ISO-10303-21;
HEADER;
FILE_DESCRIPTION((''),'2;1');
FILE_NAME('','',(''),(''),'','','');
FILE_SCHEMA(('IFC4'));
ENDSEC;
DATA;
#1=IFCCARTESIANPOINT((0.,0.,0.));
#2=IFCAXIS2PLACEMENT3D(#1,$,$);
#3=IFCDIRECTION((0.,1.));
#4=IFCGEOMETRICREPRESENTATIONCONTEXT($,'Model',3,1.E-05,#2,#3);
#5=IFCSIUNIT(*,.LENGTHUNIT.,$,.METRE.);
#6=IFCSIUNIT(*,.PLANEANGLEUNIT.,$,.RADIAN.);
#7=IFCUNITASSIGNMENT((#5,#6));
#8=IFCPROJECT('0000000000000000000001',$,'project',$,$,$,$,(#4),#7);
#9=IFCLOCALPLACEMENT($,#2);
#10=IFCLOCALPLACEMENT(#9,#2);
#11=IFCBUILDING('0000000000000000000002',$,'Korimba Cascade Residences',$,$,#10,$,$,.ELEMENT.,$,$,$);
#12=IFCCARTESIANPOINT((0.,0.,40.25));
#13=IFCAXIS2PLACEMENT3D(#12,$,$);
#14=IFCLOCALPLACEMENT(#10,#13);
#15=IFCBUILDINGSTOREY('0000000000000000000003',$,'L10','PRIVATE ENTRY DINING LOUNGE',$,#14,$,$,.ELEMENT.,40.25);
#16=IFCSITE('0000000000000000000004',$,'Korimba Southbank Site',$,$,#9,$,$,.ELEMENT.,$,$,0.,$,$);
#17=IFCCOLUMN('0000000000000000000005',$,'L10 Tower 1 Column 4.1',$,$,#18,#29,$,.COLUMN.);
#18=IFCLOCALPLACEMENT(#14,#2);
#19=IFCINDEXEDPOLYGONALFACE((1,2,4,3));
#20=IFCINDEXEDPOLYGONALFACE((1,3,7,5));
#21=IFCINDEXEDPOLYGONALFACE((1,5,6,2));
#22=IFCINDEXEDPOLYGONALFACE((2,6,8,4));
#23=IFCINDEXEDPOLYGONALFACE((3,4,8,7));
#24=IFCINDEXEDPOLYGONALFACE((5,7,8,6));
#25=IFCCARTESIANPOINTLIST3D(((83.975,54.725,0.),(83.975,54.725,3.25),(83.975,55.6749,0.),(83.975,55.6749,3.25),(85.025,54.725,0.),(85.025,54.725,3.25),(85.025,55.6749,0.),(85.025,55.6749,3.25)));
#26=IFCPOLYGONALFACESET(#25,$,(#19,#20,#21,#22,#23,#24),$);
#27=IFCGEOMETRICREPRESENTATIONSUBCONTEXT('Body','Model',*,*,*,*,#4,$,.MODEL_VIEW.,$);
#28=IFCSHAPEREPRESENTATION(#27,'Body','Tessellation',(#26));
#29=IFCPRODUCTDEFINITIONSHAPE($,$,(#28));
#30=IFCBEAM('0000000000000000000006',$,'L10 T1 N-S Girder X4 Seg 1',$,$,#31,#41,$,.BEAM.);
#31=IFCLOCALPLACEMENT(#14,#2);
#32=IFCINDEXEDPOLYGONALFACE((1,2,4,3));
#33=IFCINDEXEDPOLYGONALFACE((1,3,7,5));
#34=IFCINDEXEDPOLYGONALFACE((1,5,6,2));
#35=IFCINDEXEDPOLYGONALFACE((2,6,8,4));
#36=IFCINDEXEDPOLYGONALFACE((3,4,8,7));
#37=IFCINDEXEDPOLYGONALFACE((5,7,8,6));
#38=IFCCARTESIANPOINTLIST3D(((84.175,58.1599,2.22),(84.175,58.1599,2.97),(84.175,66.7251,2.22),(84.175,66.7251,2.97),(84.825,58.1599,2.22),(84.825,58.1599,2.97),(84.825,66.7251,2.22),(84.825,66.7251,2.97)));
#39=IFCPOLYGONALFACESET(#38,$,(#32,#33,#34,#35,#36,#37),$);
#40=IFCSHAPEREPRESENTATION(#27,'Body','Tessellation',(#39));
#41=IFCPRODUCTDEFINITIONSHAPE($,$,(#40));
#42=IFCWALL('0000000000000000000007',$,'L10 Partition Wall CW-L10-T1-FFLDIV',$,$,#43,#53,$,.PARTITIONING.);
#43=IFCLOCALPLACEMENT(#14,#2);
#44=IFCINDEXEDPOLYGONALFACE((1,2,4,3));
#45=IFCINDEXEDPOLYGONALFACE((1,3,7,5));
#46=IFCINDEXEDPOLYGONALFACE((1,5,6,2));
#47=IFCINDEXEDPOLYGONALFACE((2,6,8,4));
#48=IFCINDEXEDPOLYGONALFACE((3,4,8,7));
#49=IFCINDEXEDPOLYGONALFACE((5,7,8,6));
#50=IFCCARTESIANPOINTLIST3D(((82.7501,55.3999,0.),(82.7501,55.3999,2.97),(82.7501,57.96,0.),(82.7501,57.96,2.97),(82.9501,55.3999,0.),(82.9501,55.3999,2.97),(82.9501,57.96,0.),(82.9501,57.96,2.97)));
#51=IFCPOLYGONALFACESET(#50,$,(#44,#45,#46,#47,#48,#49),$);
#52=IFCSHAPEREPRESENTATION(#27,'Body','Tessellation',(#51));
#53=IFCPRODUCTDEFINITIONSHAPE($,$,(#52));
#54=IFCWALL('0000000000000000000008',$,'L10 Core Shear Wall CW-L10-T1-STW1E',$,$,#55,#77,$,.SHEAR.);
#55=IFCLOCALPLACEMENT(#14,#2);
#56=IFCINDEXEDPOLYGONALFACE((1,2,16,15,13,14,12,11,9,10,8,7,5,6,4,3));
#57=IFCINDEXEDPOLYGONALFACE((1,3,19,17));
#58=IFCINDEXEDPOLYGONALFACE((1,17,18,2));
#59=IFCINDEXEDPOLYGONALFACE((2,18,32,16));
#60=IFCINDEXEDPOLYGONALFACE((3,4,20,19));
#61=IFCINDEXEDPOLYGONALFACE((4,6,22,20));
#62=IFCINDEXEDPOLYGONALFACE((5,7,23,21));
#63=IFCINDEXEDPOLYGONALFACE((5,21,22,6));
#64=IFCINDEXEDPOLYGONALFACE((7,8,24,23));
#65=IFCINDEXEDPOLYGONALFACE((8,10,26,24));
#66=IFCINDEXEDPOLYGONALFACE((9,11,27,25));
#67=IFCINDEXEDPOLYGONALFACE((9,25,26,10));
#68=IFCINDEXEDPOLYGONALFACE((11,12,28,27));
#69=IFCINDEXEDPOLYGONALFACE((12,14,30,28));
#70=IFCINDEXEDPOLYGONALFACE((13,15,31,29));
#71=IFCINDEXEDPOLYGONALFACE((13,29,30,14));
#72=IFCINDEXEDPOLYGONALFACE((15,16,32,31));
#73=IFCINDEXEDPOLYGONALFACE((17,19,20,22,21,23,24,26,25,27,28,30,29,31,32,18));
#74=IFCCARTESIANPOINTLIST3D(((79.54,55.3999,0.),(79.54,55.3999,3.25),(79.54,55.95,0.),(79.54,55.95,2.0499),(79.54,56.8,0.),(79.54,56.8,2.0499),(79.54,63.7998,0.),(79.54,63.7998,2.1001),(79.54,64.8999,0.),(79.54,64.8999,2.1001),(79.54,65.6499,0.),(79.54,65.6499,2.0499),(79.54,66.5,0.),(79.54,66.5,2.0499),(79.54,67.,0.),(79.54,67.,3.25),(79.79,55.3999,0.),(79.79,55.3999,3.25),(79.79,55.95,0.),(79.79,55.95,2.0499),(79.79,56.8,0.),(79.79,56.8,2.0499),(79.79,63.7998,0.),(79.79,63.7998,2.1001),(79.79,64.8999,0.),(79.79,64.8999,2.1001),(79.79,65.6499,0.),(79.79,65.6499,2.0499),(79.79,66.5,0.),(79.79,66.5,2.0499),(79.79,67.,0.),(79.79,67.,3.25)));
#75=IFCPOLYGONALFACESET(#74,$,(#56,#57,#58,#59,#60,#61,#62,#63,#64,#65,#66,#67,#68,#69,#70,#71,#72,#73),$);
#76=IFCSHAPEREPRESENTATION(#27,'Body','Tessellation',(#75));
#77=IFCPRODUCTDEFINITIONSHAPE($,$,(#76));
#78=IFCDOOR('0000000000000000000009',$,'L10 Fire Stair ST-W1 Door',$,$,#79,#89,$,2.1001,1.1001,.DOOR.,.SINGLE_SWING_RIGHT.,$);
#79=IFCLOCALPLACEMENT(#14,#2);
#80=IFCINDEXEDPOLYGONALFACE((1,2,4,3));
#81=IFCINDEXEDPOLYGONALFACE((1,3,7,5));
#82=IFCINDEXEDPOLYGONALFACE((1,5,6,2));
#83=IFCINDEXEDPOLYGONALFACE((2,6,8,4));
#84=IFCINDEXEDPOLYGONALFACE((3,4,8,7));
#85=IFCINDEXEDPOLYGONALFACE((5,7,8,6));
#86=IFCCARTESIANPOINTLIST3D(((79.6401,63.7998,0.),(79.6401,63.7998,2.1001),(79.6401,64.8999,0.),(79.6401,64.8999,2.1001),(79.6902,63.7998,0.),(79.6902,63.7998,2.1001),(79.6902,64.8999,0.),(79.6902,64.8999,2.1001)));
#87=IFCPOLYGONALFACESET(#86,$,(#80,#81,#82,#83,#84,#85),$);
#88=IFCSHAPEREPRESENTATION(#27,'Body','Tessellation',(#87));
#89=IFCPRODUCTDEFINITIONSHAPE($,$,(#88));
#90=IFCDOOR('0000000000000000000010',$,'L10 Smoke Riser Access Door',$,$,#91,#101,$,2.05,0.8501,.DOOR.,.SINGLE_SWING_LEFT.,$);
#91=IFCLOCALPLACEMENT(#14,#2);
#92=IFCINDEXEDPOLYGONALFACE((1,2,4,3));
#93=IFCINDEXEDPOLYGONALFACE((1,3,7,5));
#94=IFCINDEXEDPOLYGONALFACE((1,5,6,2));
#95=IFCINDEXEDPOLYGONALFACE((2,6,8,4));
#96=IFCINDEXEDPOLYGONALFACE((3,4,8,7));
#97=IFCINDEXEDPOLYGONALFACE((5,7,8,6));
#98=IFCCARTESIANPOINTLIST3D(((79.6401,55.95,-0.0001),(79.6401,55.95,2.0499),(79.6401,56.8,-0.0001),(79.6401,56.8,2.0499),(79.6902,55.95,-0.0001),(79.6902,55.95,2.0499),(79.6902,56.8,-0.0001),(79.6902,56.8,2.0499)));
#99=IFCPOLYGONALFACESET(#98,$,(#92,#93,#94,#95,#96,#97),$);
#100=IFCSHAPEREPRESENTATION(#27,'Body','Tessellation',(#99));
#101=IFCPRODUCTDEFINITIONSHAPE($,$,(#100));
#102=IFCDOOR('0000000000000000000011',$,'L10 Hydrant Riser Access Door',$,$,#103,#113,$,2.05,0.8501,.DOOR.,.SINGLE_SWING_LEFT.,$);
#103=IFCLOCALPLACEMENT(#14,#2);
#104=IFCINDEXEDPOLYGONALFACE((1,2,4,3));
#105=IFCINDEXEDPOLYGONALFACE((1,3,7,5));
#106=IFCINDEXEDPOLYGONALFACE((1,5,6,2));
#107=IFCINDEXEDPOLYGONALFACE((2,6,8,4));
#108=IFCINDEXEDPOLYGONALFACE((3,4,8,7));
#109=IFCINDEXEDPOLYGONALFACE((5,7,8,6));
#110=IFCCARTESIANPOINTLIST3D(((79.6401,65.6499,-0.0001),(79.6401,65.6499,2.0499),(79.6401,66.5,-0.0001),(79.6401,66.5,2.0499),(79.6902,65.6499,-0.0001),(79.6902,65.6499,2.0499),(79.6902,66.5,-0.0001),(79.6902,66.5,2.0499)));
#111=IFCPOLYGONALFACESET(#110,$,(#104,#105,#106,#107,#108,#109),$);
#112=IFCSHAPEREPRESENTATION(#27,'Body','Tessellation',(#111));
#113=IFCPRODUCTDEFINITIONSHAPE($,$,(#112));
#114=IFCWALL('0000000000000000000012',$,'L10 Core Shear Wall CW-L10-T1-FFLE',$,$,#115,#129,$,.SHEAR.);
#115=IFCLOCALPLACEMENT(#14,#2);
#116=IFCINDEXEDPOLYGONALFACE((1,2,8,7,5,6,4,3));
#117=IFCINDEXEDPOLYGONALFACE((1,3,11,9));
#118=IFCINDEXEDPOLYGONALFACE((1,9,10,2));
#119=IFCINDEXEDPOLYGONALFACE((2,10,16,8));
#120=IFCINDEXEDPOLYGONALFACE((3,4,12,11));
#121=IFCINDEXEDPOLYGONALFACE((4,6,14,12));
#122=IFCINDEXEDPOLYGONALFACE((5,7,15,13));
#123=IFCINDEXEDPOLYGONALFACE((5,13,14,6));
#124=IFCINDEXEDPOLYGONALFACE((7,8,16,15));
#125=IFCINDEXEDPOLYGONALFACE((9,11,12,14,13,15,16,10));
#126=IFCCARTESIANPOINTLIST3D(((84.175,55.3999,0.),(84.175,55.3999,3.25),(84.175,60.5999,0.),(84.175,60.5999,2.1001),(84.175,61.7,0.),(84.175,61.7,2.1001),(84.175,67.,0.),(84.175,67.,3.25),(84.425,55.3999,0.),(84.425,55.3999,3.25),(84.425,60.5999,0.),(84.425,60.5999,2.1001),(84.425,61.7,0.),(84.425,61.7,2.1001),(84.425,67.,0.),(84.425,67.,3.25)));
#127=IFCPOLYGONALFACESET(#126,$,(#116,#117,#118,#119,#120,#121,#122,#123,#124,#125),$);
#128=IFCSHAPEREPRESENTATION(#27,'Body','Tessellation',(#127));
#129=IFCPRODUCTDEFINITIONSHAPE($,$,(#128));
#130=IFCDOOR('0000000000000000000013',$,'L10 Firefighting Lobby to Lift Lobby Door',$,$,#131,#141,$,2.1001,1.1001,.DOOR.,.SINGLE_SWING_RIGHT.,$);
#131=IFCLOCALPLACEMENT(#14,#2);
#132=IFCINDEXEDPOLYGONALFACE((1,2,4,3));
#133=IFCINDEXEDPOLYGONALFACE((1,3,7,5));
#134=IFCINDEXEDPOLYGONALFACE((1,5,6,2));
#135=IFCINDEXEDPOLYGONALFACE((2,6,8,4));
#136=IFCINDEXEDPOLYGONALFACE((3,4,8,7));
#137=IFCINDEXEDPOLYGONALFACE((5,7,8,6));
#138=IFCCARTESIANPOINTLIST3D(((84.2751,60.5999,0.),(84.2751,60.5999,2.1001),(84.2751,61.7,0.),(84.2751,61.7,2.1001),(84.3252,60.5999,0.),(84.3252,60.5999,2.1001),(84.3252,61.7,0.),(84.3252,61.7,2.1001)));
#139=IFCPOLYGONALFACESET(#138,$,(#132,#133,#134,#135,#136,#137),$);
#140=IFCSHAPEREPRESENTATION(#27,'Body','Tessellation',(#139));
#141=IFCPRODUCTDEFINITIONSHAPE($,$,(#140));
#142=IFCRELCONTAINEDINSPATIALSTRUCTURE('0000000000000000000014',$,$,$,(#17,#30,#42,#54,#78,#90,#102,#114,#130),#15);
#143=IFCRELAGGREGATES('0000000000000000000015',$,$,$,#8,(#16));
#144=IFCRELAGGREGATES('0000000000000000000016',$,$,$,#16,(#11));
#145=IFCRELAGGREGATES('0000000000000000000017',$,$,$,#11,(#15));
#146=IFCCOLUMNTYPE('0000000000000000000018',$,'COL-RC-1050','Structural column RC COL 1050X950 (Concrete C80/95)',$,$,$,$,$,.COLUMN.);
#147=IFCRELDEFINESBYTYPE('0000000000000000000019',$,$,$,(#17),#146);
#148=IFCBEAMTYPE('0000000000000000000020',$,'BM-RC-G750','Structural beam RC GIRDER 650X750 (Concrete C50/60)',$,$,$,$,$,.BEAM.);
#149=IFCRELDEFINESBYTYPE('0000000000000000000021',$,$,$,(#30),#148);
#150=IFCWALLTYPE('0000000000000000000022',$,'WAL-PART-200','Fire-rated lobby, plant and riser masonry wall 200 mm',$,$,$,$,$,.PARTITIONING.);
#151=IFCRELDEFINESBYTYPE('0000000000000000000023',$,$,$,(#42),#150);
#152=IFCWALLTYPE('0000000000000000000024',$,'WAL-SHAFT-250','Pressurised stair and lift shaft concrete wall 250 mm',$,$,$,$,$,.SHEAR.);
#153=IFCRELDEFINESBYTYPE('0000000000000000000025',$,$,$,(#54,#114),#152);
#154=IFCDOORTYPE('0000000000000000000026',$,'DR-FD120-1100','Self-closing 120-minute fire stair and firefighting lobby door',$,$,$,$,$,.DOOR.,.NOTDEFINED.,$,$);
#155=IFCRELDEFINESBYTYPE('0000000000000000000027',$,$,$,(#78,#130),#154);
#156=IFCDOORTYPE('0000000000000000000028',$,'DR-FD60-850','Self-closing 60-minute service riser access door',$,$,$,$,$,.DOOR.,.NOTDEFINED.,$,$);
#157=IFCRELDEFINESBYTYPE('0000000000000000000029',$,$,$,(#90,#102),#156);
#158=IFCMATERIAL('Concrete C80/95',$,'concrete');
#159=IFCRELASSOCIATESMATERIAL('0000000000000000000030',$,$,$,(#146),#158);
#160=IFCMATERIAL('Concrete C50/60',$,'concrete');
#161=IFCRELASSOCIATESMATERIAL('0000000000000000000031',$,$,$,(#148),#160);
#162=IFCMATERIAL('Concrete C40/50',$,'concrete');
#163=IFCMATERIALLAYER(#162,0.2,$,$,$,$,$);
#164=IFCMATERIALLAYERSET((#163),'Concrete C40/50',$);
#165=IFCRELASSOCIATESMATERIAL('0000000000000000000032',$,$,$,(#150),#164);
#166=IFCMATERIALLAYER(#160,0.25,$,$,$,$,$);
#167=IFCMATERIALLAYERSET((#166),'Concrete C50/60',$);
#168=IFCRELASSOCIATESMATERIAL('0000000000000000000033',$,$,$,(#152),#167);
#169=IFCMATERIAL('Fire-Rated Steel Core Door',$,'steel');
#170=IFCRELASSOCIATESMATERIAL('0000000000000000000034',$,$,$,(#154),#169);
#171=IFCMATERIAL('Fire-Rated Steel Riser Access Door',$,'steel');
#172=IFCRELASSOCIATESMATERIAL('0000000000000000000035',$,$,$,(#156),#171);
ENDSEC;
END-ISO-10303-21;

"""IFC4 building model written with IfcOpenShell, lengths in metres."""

from ifc_helpers import new_model, si_unit, direction, frame, frame_2d, origin, origin_2d, place, context, subcontext, project, spatial, rectangle, extrude, material, layer, layer_set, material_profile, profile_set, type_object, element, fill, save


model = new_model("IFC4")

# Units and contexts
model_context = context("Model", 3, precision=1e-05, world=origin(), true_north=direction((0.0, 1.0)))
body_context = subcontext(model_context, "Body", "Model", "MODEL_VIEW")
ifc_project = project(units=[si_unit("LENGTHUNIT", "METRE"), si_unit("PLANEANGLEUNIT", "RADIAN")], contexts=[model_context])

# Site, building, storey
site_placement = place(None, origin())
site = spatial("IfcSite", under=ifc_project, at=site_placement, Name="Korimba Southbank Site", CompositionType="ELEMENT", RefElevation=0.0)
building_placement = place(site_placement, origin())
building = spatial("IfcBuilding", under=site, at=building_placement, Name="Korimba Cascade Residences", CompositionType="ELEMENT")
storey_placement = place(building_placement, frame((0.0, 0.0, 40.25)))
storey = spatial("IfcBuildingStorey", under=building, at=storey_placement, Name="L10", Description="PRIVATE ENTRY DINING LOUNGE", CompositionType="ELEMENT", Elevation=40.25)

# Column
ifc_material_1 = material(Name="Concrete C80/95", Category="concrete")
ifc_material_profile_1 = material_profile(ifc_material_1, rectangle(XDim=1.05, YDim=0.95, at=origin_2d()), Name="Concrete C80/95")
ifc_profile_set_1 = profile_set([ifc_material_profile_1], Name="Concrete C80/95")
column_type = type_object("IfcColumnType", Name="COL-RC-1050", Description="Structural column RC COL 1050X950 (Concrete C80/95)", PredefinedType="COLUMN", material=ifc_profile_set_1)
column_placement = place(storey_placement, frame((84.5, 55.2, 0.0), z_axis=(0.0, 0.0, 1.0), x_axis=(1.0, 0.0, 0.0)))
element("IfcColumn", 1, at=column_placement, inside=storey, type_object=column_type, Name="L10 Tower 1 Column 4.1", PredefinedType="COLUMN", context=body_context, shape_type="SweptSolid", body=[
    extrude(rectangle(XDim=1.05, YDim=0.95, at=origin_2d()), origin(), (0.0, 0.0, 1.0), 3.25),
])

# Beam
ifc_material_2 = material(Name="Concrete C50/60", Category="concrete")
ifc_material_profile_2 = material_profile(ifc_material_2, rectangle(XDim=0.6499, YDim=0.75, at=origin_2d()), Name="Concrete C50/60")
ifc_profile_set_2 = profile_set([ifc_material_profile_2], Name="Concrete C50/60")
beam_type = type_object("IfcBeamType", Name="BM-RC-G750", Description="Structural beam RC GIRDER 650X750 (Concrete C50/60)", PredefinedType="BEAM", material=ifc_profile_set_2)
beam_placement = place(storey_placement, frame((84.5, 58.1599, 2.595), z_axis=(0.0, 1.0, 0.0), x_axis=(-1.0, 0.0, 0.0)))
element("IfcBeam", 2, at=beam_placement, inside=storey, type_object=beam_type, Name="L10 T1 N-S Girder X4 Seg 1", PredefinedType="BEAM", context=body_context, shape_type="SweptSolid", body=[
    extrude(rectangle(XDim=0.6499, YDim=0.75, at=origin_2d()), origin(), (0.0, 0.0, 1.0), 8.5652),
])

# Wall
ifc_material_3 = material(Name="Concrete C40/50", Category="concrete")
ifc_layer_1 = layer(ifc_material_3, 0.2)
ifc_layer_set_1 = layer_set([ifc_layer_1], Name="Concrete C40/50")
wall_type_1 = type_object("IfcWallType", Name="WAL-PART-200", Description="Fire-rated lobby, plant and riser masonry wall 200 mm", PredefinedType="PARTITIONING", material=ifc_layer_set_1)
wall_1_placement = place(storey_placement, frame((82.8501, 55.3999, 0.0), z_axis=(0.0, 0.0, 1.0), x_axis=(0.0, 1.0, 0.0)))
element("IfcWall", 3, at=wall_1_placement, inside=storey, type_object=wall_type_1, Name="L10 Partition Wall CW-L10-T1-FFLDIV", PredefinedType="PARTITIONING", context=body_context, shape_type="SweptSolid", body=[
    extrude(rectangle(XDim=2.5601, YDim=0.2, at=frame_2d((1.28, 0.0))), origin(), (0.0, 0.0, 1.0), 2.97),
])

# Wall, openings, doors
ifc_layer_2 = layer(ifc_material_2, 0.25)
ifc_layer_set_2 = layer_set([ifc_layer_2], Name="Concrete C50/60")
wall_type_2 = type_object("IfcWallType", Name="WAL-SHAFT-250", Description="Pressurised stair and lift shaft concrete wall 250 mm", PredefinedType="SHEAR", material=ifc_layer_set_2)
wall_2_placement = place(storey_placement, frame((79.665, 55.3999, 0.0), z_axis=(0.0, 0.0, 1.0), x_axis=(0.0, 1.0, 0.0)))
wall_2 = element("IfcWall", 4, at=wall_2_placement, inside=storey, type_object=wall_type_2, Name="L10 Core Shear Wall CW-L10-T1-STW1E", PredefinedType="SHEAR", context=body_context, shape_type="SweptSolid", body=[
    extrude(rectangle(XDim=11.6001, YDim=0.25, at=frame_2d((5.8, 0.0))), origin(), (0.0, 0.0, 1.0), 3.25),
])
opening_1_placement = place(wall_2_placement, frame((0.55, 0.0, 0.0)))
opening_1 = element("IfcOpeningElement", 5, at=opening_1_placement, cuts=wall_2, PredefinedType="OPENING", context=body_context, shape_type="SweptSolid", body=[
    extrude(rectangle(XDim=0.8501, YDim=2.05, at=frame_2d((0.425, 1.0249))), frame((0.0, 0.135, 0.0), z_axis=(0.0, -1.0, 0.0), x_axis=(1.0, 0.0, 0.0)), (0.0, 0.0, 1.0), 0.27),
])
opening_2_placement = place(wall_2_placement, frame((8.3999, 0.0, 0.0)))
opening_2 = element("IfcOpeningElement", 6, at=opening_2_placement, cuts=wall_2, PredefinedType="OPENING", context=body_context, shape_type="SweptSolid", body=[
    extrude(rectangle(XDim=1.1001, YDim=2.1001, at=frame_2d((0.55, 1.05))), frame((0.0, 0.135, 0.0), z_axis=(0.0, -1.0, 0.0), x_axis=(1.0, 0.0, 0.0)), (0.0, 0.0, 1.0), 0.27),
])
opening_3_placement = place(wall_2_placement, frame((10.25, 0.0, 0.0)))
opening_3 = element("IfcOpeningElement", 7, at=opening_3_placement, cuts=wall_2, PredefinedType="OPENING", context=body_context, shape_type="SweptSolid", body=[
    extrude(rectangle(XDim=0.8501, YDim=2.05, at=frame_2d((0.425, 1.0249))), frame((0.0, 0.135, 0.0), z_axis=(0.0, -1.0, 0.0), x_axis=(1.0, 0.0, 0.0)), (0.0, 0.0, 1.0), 0.27),
])
ifc_material_4 = material(Name="Fire-Rated Steel Core Door", Category="steel")
door_type_1 = type_object("IfcDoorType", Name="DR-FD120-1100", Description="Self-closing 120-minute fire stair and firefighting lobby door", OperationType="NOTDEFINED", PredefinedType="DOOR", material=ifc_material_4)
door_1_placement = place(opening_2_placement, origin())
door_1 = element("IfcDoor", 8, at=door_1_placement, inside=storey, type_object=door_type_1, Name="L10 Fire Stair ST-W1 Door", OperationType="SINGLE_SWING_RIGHT", OverallHeight=2.1001, OverallWidth=1.1001, PredefinedType="DOOR", context=body_context, shape_type="SweptSolid", body=[
    extrude(rectangle(XDim=1.1001, YDim=2.1001, at=frame_2d((0.55, 1.05))), frame((0.0, 0.0249, 0.0), z_axis=(0.0, -1.0, 0.0), x_axis=(1.0, 0.0, 0.0)), (0.0, 0.0, 1.0), 0.05),
])
fill(opening_2, door_1)
ifc_material_5 = material(Name="Fire-Rated Steel Riser Access Door", Category="steel")
door_type_2 = type_object("IfcDoorType", Name="DR-FD60-850", Description="Self-closing 60-minute service riser access door", OperationType="NOTDEFINED", PredefinedType="DOOR", material=ifc_material_5)
door_2_placement = place(opening_1_placement, origin())
door_2 = element("IfcDoor", 9, at=door_2_placement, inside=storey, type_object=door_type_2, Name="L10 Smoke Riser Access Door", OperationType="SINGLE_SWING_LEFT", OverallHeight=2.05, OverallWidth=0.8501, PredefinedType="DOOR", context=body_context, shape_type="SweptSolid", body=[
    extrude(rectangle(XDim=0.8501, YDim=2.05, at=frame_2d((0.425, 1.0249))), frame((0.0, 0.0249, 0.0), z_axis=(0.0, -1.0, 0.0), x_axis=(1.0, 0.0, 0.0)), (0.0, 0.0, 1.0), 0.05),
])
fill(opening_1, door_2)
door_3_placement = place(opening_3_placement, origin())
door_3 = element("IfcDoor", 10, at=door_3_placement, inside=storey, type_object=door_type_2, Name="L10 Hydrant Riser Access Door", OperationType="SINGLE_SWING_LEFT", OverallHeight=2.05, OverallWidth=0.8501, PredefinedType="DOOR", context=body_context, shape_type="SweptSolid", body=[
    extrude(rectangle(XDim=0.8501, YDim=2.05, at=frame_2d((0.425, 1.0249))), frame((0.0, 0.0249, 0.0), z_axis=(0.0, -1.0, 0.0), x_axis=(1.0, 0.0, 0.0)), (0.0, 0.0, 1.0), 0.05),
])
fill(opening_3, door_3)

# Wall, opening, door
wall_3_placement = place(storey_placement, frame((84.3, 55.3999, 0.0), z_axis=(0.0, 0.0, 1.0), x_axis=(0.0, 1.0, 0.0)))
wall_3 = element("IfcWall", 11, at=wall_3_placement, inside=storey, type_object=wall_type_2, Name="L10 Core Shear Wall CW-L10-T1-FFLE", PredefinedType="SHEAR", context=body_context, shape_type="SweptSolid", body=[
    extrude(rectangle(XDim=11.6001, YDim=0.25, at=frame_2d((5.8, 0.0))), origin(), (0.0, 0.0, 1.0), 3.25),
])
opening_4_placement = place(wall_3_placement, frame((5.2, 0.0, 0.0)))
opening_4 = element("IfcOpeningElement", 12, at=opening_4_placement, cuts=wall_3, PredefinedType="OPENING", context=body_context, shape_type="SweptSolid", body=[
    extrude(rectangle(XDim=1.1001, YDim=2.1001, at=frame_2d((0.55, 1.05))), frame((0.0, 0.135, 0.0), z_axis=(0.0, -1.0, 0.0), x_axis=(1.0, 0.0, 0.0)), (0.0, 0.0, 1.0), 0.27),
])
door_4_placement = place(opening_4_placement, origin())
door_4 = element("IfcDoor", 13, at=door_4_placement, inside=storey, type_object=door_type_1, Name="L10 Firefighting Lobby to Lift Lobby Door", OperationType="SINGLE_SWING_RIGHT", OverallHeight=2.1001, OverallWidth=1.1001, PredefinedType="DOOR", context=body_context, shape_type="SweptSolid", body=[
    extrude(rectangle(XDim=1.1001, YDim=2.1001, at=frame_2d((0.55, 1.05))), frame((0.0, 0.0249, 0.0), z_axis=(0.0, -1.0, 0.0), x_axis=(1.0, 0.0, 0.0)), (0.0, 0.0, 1.0), 0.05),
])
fill(opening_4, door_4)

save(model, "model.ifc")
